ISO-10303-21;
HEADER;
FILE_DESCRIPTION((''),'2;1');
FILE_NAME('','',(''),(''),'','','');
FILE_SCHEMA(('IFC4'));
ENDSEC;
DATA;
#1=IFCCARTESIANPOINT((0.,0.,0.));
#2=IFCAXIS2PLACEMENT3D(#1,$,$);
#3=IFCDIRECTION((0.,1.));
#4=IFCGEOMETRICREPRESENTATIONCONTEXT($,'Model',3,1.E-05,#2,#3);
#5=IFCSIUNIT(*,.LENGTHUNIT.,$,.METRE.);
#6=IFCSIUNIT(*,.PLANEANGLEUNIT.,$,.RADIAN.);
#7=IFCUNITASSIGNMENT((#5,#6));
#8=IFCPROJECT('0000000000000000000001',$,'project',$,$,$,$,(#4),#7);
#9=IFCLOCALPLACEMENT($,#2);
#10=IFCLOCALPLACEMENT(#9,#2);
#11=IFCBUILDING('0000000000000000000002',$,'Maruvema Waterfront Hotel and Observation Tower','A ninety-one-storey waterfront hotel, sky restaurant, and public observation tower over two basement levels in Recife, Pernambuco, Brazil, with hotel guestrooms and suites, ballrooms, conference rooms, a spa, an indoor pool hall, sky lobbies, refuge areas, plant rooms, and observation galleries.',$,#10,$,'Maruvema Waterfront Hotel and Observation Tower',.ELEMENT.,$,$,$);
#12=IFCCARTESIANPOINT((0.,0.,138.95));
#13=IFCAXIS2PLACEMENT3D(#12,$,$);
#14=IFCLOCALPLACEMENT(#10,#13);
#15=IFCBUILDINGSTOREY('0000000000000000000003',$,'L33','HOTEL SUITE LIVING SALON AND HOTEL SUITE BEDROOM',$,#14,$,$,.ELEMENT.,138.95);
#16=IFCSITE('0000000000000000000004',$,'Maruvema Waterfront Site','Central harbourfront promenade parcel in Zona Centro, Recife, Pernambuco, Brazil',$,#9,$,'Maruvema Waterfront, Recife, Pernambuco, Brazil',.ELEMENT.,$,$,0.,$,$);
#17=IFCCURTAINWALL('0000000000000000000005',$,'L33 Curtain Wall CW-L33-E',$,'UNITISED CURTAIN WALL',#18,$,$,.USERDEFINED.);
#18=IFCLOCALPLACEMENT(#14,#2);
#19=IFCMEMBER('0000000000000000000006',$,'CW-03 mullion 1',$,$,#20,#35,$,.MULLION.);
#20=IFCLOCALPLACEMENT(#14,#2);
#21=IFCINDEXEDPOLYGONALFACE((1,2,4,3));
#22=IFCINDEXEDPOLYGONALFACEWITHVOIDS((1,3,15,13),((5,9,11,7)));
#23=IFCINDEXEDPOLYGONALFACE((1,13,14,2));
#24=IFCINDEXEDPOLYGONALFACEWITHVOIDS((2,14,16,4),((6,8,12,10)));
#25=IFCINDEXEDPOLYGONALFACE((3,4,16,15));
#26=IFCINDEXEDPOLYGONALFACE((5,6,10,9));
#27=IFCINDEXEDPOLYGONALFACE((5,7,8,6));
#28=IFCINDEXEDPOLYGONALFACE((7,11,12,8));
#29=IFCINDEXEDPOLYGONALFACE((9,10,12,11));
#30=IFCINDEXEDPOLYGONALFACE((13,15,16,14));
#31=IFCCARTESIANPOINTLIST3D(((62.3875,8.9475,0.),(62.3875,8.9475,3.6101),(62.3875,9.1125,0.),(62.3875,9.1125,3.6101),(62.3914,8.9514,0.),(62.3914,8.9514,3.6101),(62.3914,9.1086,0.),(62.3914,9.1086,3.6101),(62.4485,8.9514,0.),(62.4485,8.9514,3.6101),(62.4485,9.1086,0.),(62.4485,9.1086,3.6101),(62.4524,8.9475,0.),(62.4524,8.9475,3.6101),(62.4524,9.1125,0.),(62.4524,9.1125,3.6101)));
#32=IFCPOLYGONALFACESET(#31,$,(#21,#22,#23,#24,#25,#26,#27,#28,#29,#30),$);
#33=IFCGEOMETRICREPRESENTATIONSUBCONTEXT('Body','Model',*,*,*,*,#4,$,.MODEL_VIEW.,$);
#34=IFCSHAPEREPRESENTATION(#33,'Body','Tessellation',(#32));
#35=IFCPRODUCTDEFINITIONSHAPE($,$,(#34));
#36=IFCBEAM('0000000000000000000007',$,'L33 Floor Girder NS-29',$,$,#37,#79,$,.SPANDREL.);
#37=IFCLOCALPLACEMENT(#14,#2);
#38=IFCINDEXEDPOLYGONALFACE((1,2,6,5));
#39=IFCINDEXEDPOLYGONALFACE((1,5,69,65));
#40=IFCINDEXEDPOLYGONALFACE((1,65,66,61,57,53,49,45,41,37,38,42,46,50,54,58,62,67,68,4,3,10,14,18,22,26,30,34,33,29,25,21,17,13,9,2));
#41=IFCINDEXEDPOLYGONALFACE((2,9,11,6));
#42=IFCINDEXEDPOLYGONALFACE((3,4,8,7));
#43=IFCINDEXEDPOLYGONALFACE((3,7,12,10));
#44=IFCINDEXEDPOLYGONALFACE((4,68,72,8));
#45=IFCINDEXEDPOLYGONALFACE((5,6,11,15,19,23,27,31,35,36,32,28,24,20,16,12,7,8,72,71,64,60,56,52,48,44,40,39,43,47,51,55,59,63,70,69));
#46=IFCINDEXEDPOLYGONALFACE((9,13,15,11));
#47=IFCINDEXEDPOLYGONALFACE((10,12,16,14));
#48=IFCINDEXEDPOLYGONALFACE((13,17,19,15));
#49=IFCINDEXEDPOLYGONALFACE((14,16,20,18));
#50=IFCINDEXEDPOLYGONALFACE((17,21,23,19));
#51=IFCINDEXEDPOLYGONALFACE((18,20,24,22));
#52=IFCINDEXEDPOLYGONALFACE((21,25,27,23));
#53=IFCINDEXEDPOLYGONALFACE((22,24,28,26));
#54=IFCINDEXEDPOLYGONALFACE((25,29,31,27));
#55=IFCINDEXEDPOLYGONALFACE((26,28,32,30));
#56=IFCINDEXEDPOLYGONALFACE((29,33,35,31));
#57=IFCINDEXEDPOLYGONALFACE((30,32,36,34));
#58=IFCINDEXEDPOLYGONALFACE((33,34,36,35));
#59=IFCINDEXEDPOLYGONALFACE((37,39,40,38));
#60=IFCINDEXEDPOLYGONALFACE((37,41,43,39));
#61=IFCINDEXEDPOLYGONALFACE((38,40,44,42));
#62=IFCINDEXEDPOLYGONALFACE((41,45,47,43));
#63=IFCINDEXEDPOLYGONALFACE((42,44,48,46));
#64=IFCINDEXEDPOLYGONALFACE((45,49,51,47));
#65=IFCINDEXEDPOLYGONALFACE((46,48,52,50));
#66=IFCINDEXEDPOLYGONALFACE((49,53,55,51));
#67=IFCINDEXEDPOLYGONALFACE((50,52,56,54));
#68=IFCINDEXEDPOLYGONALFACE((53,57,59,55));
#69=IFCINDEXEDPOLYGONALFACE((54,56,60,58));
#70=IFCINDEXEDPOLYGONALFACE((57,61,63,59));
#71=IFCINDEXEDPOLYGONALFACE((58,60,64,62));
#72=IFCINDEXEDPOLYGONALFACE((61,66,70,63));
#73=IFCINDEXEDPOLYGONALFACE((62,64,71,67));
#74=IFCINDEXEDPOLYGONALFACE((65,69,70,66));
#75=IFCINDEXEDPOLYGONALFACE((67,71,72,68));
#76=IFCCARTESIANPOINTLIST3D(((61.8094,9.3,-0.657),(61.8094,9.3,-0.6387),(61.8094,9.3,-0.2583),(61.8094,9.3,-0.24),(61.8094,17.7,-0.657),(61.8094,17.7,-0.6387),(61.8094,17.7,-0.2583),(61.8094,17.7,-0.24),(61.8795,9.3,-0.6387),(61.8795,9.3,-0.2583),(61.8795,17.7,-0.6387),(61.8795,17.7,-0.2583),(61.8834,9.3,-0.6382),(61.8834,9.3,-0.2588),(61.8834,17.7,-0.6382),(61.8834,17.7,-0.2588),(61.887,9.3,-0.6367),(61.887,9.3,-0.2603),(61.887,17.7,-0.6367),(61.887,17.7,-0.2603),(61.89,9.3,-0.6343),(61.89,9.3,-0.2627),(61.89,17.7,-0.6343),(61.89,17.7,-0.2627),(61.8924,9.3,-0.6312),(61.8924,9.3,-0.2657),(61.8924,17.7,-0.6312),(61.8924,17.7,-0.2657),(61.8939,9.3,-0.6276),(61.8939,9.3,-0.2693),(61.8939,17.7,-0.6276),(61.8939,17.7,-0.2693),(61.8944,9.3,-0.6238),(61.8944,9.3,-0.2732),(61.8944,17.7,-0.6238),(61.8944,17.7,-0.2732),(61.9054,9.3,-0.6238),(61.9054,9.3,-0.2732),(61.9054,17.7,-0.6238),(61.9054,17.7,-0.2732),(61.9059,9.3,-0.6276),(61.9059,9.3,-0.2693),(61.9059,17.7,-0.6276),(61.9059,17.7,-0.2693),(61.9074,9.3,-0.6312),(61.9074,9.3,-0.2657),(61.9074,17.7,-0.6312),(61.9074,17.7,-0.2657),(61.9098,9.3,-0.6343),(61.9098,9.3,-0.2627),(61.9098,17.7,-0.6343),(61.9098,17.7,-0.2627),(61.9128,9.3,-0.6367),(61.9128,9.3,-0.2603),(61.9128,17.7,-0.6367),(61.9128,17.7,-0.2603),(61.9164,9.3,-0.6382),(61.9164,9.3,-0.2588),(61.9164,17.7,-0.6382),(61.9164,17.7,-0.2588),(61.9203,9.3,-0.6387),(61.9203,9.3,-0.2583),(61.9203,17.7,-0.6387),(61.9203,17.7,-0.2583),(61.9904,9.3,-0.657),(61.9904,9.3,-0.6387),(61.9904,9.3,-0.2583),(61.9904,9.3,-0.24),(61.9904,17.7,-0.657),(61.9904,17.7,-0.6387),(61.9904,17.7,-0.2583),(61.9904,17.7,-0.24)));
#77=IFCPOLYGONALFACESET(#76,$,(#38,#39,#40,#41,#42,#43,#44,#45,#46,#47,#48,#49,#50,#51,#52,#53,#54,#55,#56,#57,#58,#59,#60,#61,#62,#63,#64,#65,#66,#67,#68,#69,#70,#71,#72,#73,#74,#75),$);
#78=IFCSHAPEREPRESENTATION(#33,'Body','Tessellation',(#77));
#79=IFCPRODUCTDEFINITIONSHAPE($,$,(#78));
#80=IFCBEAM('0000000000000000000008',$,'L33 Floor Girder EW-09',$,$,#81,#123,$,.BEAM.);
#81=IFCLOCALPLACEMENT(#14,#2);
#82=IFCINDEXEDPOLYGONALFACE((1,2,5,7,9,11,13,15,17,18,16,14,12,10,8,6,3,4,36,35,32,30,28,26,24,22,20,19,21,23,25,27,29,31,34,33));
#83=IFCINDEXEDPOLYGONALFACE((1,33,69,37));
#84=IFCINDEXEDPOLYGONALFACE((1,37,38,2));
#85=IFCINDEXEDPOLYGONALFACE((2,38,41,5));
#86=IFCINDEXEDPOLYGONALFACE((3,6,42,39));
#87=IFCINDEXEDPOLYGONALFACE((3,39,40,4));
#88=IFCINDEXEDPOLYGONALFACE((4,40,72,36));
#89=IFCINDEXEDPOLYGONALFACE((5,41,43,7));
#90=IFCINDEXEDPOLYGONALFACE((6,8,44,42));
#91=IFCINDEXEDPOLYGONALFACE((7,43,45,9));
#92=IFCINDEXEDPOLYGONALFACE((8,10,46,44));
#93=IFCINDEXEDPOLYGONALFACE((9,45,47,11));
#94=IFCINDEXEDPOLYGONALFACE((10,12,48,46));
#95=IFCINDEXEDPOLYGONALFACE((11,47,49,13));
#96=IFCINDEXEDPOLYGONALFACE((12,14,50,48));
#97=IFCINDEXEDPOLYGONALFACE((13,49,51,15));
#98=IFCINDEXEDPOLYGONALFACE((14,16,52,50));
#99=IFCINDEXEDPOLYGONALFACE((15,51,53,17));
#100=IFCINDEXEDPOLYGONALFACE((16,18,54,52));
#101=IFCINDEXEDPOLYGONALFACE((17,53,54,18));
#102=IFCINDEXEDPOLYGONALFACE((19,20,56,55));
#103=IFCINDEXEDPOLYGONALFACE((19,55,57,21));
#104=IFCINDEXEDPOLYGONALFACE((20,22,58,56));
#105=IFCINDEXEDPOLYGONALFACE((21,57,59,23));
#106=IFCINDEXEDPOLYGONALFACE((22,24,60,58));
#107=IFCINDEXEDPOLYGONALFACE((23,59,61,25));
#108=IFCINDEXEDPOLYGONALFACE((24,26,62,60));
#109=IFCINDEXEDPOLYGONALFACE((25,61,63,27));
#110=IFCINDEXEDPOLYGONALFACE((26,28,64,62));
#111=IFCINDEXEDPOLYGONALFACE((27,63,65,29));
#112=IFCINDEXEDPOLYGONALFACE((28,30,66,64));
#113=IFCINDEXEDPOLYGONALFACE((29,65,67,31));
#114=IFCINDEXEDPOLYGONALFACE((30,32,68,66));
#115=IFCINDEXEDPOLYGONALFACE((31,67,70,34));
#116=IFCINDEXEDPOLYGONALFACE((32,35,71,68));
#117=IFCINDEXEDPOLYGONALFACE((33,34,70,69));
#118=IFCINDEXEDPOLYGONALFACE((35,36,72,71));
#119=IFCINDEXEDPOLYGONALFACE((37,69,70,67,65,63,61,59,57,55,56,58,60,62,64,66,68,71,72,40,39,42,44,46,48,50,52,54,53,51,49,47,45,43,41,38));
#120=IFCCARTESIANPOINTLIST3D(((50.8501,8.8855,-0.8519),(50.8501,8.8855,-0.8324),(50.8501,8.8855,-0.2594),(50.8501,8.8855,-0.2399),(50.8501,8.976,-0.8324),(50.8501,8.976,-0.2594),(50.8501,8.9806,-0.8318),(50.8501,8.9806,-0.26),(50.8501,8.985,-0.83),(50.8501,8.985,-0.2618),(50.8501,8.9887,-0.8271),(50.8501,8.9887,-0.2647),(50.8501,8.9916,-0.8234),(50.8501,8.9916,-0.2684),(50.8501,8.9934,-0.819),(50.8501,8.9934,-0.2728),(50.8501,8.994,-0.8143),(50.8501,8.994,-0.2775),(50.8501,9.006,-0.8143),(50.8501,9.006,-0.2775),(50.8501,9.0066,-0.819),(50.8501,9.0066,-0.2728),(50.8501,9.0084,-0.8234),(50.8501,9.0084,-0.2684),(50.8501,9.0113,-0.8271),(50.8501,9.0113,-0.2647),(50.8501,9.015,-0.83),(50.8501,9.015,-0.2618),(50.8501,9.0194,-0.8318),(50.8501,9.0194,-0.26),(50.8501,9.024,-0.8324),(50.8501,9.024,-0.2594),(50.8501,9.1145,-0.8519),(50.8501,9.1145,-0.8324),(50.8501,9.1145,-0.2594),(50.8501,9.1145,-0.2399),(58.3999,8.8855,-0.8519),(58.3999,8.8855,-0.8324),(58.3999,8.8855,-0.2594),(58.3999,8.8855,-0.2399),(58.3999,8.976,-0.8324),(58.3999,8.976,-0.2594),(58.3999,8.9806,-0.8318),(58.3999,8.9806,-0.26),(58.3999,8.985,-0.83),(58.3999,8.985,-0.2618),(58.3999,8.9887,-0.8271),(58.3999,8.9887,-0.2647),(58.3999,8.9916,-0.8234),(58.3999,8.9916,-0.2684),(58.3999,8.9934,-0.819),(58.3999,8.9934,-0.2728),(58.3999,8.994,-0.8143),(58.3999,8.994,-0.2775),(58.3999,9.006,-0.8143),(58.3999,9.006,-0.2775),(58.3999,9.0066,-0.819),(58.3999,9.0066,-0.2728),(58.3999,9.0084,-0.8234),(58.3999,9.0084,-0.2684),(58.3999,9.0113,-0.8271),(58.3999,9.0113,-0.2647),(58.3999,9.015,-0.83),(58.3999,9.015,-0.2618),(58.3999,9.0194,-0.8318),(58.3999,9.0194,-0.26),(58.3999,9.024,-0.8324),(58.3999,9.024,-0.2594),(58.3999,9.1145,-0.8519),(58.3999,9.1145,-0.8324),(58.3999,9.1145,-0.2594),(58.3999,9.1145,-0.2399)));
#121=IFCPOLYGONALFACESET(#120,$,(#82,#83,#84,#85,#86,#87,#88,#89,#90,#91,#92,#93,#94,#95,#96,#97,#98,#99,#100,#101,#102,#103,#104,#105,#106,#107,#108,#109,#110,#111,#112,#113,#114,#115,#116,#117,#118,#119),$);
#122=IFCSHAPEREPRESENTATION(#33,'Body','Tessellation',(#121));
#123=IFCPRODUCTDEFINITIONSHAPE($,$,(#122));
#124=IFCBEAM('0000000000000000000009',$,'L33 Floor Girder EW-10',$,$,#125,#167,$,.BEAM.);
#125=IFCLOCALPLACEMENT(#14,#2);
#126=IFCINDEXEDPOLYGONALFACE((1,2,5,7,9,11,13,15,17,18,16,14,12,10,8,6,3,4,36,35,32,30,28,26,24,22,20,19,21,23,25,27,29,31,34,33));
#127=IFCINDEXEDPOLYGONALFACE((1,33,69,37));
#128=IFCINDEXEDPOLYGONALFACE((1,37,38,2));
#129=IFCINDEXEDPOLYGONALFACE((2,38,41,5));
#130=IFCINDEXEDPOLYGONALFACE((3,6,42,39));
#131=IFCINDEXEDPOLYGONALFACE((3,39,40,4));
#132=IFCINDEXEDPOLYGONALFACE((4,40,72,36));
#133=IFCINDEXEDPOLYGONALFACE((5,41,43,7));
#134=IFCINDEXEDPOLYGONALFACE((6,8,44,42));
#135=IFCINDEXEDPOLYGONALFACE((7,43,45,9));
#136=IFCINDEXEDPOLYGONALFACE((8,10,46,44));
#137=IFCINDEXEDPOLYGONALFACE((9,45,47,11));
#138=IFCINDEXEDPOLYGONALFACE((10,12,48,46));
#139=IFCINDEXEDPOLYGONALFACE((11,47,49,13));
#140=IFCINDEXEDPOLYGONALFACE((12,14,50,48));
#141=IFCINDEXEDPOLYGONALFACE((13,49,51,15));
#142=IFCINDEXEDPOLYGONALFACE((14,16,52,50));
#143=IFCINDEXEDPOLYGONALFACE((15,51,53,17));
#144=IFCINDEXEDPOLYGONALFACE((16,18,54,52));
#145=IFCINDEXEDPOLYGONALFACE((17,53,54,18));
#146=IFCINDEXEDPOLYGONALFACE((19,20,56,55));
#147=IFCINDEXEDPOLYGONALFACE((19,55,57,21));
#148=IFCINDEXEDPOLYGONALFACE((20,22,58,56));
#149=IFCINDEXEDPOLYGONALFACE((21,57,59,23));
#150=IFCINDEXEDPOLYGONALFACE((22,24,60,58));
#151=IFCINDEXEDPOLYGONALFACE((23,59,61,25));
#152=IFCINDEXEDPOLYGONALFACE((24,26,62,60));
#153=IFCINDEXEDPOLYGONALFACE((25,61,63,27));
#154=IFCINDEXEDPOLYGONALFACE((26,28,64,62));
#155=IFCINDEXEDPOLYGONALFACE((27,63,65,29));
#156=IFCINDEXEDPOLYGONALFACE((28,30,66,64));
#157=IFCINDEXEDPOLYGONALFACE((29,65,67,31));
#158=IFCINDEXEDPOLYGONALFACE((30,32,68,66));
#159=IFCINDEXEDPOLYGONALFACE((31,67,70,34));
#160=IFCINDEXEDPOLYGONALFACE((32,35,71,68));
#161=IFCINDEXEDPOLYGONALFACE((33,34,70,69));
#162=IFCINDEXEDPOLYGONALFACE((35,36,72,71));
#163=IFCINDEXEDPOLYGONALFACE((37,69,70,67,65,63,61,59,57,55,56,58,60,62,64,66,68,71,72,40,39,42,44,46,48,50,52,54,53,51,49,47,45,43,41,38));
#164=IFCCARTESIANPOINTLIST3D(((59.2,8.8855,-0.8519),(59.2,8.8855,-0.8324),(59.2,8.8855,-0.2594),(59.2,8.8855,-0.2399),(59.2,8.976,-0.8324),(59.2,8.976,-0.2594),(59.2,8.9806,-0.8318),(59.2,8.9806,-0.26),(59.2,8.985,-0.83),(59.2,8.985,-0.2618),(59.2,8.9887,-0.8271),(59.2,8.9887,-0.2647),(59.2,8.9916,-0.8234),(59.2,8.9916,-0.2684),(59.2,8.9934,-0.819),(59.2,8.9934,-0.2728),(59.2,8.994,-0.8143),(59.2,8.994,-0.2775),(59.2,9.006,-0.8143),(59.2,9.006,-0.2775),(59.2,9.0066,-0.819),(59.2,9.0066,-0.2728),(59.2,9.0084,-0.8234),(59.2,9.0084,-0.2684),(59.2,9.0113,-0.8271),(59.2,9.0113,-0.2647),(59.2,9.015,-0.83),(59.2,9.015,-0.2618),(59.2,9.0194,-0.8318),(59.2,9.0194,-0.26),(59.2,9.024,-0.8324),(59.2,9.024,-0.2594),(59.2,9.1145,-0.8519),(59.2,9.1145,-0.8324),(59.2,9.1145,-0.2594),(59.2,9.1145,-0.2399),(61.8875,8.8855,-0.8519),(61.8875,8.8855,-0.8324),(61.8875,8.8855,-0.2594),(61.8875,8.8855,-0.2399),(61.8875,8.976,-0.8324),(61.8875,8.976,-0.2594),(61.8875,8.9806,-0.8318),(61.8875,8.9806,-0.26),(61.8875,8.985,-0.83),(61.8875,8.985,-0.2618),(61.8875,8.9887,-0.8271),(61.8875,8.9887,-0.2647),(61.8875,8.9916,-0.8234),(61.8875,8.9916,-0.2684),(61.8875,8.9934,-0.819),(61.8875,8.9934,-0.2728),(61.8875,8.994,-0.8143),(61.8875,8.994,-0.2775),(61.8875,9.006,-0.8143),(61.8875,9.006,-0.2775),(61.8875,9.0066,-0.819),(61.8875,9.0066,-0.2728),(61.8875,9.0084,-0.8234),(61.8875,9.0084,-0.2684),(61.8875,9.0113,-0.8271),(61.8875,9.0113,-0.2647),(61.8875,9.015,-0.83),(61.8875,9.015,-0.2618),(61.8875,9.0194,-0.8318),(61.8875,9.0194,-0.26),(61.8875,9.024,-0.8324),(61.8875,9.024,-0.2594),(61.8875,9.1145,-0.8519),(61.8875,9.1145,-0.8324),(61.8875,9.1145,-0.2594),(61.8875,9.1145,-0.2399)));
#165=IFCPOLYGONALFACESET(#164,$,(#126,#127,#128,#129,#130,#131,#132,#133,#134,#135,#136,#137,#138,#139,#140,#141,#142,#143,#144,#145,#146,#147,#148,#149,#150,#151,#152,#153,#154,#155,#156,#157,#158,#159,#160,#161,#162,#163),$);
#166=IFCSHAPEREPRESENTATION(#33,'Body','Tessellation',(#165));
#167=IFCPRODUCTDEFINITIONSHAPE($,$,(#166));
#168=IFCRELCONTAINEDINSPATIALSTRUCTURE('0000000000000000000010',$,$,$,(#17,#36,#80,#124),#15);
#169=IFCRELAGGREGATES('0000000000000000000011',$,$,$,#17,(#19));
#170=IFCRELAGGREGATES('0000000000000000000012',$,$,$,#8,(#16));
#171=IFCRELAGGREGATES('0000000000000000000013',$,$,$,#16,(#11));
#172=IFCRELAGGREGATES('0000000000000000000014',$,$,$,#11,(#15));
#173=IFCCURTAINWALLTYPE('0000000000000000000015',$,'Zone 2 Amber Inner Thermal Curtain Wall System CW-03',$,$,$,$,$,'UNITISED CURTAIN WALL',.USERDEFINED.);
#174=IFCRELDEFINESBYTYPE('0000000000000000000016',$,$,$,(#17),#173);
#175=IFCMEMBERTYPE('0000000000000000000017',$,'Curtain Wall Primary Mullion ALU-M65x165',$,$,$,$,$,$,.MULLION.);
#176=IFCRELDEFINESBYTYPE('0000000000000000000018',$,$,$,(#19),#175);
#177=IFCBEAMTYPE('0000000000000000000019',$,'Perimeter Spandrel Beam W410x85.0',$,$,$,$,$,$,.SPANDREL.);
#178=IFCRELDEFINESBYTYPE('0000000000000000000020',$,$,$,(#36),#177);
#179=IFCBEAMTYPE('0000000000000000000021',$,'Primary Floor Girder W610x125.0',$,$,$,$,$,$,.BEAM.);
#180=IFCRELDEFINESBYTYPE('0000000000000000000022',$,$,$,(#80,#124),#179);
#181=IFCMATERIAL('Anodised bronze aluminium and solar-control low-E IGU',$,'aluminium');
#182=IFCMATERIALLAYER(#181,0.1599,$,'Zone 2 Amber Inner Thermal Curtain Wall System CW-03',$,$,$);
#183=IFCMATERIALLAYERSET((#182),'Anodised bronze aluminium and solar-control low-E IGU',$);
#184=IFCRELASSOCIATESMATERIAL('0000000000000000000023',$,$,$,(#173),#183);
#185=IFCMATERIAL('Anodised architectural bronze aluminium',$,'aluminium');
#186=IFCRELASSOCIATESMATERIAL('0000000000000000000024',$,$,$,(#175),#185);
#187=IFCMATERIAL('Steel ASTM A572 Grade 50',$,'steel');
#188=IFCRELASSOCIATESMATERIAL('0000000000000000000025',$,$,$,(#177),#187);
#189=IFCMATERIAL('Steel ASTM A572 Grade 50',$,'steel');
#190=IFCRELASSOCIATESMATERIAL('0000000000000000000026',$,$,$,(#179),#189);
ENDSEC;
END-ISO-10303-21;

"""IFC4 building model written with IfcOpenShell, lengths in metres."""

from ifc_helpers import new_model, si_unit, direction, frame, origin, origin_2d, place, context, subcontext, project, spatial, hollow_rectangle, i_section, extrude, material, layer, layer_set, material_profile, profile_set, type_object, element, aggregate, save


model = new_model("IFC4")

# Units and contexts
model_context = context("Model", 3, precision=1e-05, world=origin(), true_north=direction((0.0, 1.0)))
body_context = subcontext(model_context, "Body", "Model", "MODEL_VIEW")
ifc_project = project(units=[si_unit("LENGTHUNIT", "METRE"), si_unit("PLANEANGLEUNIT", "RADIAN")], contexts=[model_context])

# Site, building, storey
site_placement = place(None, origin())
site = spatial("IfcSite", under=ifc_project, at=site_placement, Name="Maruvema Waterfront Site", Description="Central harbourfront promenade parcel in Zona Centro, Recife, Pernambuco, Brazil", LongName="Maruvema Waterfront, Recife, Pernambuco, Brazil", CompositionType="ELEMENT", RefElevation=0.0)
building_placement = place(site_placement, origin())
building = spatial("IfcBuilding", under=site, at=building_placement, Name="Maruvema Waterfront Hotel and Observation Tower", Description="A ninety-one-storey waterfront hotel, sky restaurant, and public observation tower over two basement levels in Recife, Pernambuco, Brazil, with hotel guestrooms and suites, ballrooms, conference rooms, a spa, an indoor pool hall, sky lobbies, refuge areas, plant rooms, and observation galleries.", LongName="Maruvema Waterfront Hotel and Observation Tower", CompositionType="ELEMENT")
storey_placement = place(building_placement, frame((0.0, 0.0, 138.95)))
storey = spatial("IfcBuildingStorey", under=building, at=storey_placement, Name="L33", Description="HOTEL SUITE LIVING SALON AND HOTEL SUITE BEDROOM", CompositionType="ELEMENT", Elevation=138.95)

# Curtain wall
ifc_material_1 = material(Name="Anodised bronze aluminium and solar-control low-E IGU", Category="aluminium")
ifc_layer_1 = layer(ifc_material_1, 0.1599, Name="Zone 2 Amber Inner Thermal Curtain Wall System CW-03")
ifc_layer_set_1 = layer_set([ifc_layer_1], Name="Anodised bronze aluminium and solar-control low-E IGU")
curtain_wall_type = type_object("IfcCurtainWallType", Name="Zone 2 Amber Inner Thermal Curtain Wall System CW-03", ElementType="UNITISED CURTAIN WALL", PredefinedType="USERDEFINED", material=ifc_layer_set_1)
curtain_wall_1_placement = place(storey_placement, origin())
curtain_wall_1 = element("IfcCurtainWall", 1, at=curtain_wall_1_placement, inside=storey, type_object=curtain_wall_type, Name="L33 Curtain Wall CW-L33-E", ObjectType="UNITISED CURTAIN WALL", PredefinedType="USERDEFINED")

# Member
ifc_material_2 = material(Name="Anodised architectural bronze aluminium", Category="aluminium")
ifc_material_profile_1 = material_profile(ifc_material_2, hollow_rectangle(XDim=0.0649, YDim=0.165, WallThickness=0.0039, at=origin_2d()), Name="ALU-M65x165")
ifc_profile_set_1 = profile_set([ifc_material_profile_1], Name="Anodised architectural bronze aluminium")
member_type_1 = type_object("IfcMemberType", Name="Curtain Wall Primary Mullion ALU-M65x165", PredefinedType="MULLION", material=ifc_profile_set_1)
member_1_placement = place(storey_placement, frame((62.4199, 9.03, 0.0), z_axis=(0.0, 0.0, 1.0), x_axis=(-1.0, 0.0, 0.0)))
member_1 = element("IfcMember", 2, at=member_1_placement, type_object=member_type_1, Name="CW-03 mullion 1", PredefinedType="MULLION", context=body_context, shape_type="SweptSolid", body=[
    extrude(hollow_rectangle(XDim=0.0649, YDim=0.165, WallThickness=0.0039, at=origin_2d()), origin(), (0.0, 0.0, 1.0), 3.6101),
])

# Beams
ifc_material_3 = material(Name="Steel ASTM A572 Grade 50", Category="steel")
ifc_material_profile_2 = material_profile(ifc_material_3, i_section(OverallWidth=0.1809, OverallDepth=0.417, WebThickness=0.011, FlangeThickness=0.0183, FilletRadius=0.0149, at=origin_2d()), Name="W410x85.0")
ifc_profile_set_2 = profile_set([ifc_material_profile_2], Name="Steel ASTM A572 Grade 50")
beam_type_1 = type_object("IfcBeamType", Name="Perimeter Spandrel Beam W410x85.0", PredefinedType="SPANDREL", material=ifc_profile_set_2)
beam_1_placement = place(storey_placement, frame((61.8999, 9.3, -0.4485), z_axis=(0.0, 1.0, 0.0), x_axis=(-1.0, 0.0, 0.0)))
element("IfcBeam", 3, at=beam_1_placement, inside=storey, type_object=beam_type_1, Name="L33 Floor Girder NS-29", PredefinedType="SPANDREL", context=body_context, shape_type="SweptSolid", body=[
    extrude(i_section(OverallWidth=0.1809, OverallDepth=0.417, WebThickness=0.011, FlangeThickness=0.0183, FilletRadius=0.0149, at=origin_2d()), origin(), (0.0, 0.0, 1.0), 8.3999),
])
ifc_material_4 = material(Name="Steel ASTM A572 Grade 50", Category="steel")
ifc_material_profile_3 = material_profile(ifc_material_4, i_section(OverallWidth=0.229, OverallDepth=0.6121, WebThickness=0.012, FlangeThickness=0.0195, FilletRadius=0.0181, at=origin_2d()), Name="W610x125.0")
ifc_profile_set_3 = profile_set([ifc_material_profile_3], Name="Steel ASTM A572 Grade 50")
beam_type_2 = type_object("IfcBeamType", Name="Primary Floor Girder W610x125.0", PredefinedType="BEAM", material=ifc_profile_set_3)
beam_2_placement = place(storey_placement, frame((50.8501, 9.0, -0.5459), z_axis=(1.0, 0.0, 0.0), x_axis=(0.0, 1.0, 0.0)))
element("IfcBeam", 4, at=beam_2_placement, inside=storey, type_object=beam_type_2, Name="L33 Floor Girder EW-09", PredefinedType="BEAM", context=body_context, shape_type="SweptSolid", body=[
    extrude(i_section(OverallWidth=0.229, OverallDepth=0.6121, WebThickness=0.012, FlangeThickness=0.0195, FilletRadius=0.0181, at=origin_2d()), origin(), (0.0, 0.0, 1.0), 7.5498),
])
beam_3_placement = place(storey_placement, frame((59.2, 9.0, -0.5459), z_axis=(1.0, 0.0, 0.0), x_axis=(0.0, 1.0, 0.0)))
element("IfcBeam", 5, at=beam_3_placement, inside=storey, type_object=beam_type_2, Name="L33 Floor Girder EW-10", PredefinedType="BEAM", context=body_context, shape_type="SweptSolid", body=[
    extrude(i_section(OverallWidth=0.229, OverallDepth=0.6121, WebThickness=0.012, FlangeThickness=0.0195, FilletRadius=0.0181, at=origin_2d()), origin(), (0.0, 0.0, 1.0), 2.6875),
])

aggregate(curtain_wall_1, [member_1])

save(model, "model.ifc")
